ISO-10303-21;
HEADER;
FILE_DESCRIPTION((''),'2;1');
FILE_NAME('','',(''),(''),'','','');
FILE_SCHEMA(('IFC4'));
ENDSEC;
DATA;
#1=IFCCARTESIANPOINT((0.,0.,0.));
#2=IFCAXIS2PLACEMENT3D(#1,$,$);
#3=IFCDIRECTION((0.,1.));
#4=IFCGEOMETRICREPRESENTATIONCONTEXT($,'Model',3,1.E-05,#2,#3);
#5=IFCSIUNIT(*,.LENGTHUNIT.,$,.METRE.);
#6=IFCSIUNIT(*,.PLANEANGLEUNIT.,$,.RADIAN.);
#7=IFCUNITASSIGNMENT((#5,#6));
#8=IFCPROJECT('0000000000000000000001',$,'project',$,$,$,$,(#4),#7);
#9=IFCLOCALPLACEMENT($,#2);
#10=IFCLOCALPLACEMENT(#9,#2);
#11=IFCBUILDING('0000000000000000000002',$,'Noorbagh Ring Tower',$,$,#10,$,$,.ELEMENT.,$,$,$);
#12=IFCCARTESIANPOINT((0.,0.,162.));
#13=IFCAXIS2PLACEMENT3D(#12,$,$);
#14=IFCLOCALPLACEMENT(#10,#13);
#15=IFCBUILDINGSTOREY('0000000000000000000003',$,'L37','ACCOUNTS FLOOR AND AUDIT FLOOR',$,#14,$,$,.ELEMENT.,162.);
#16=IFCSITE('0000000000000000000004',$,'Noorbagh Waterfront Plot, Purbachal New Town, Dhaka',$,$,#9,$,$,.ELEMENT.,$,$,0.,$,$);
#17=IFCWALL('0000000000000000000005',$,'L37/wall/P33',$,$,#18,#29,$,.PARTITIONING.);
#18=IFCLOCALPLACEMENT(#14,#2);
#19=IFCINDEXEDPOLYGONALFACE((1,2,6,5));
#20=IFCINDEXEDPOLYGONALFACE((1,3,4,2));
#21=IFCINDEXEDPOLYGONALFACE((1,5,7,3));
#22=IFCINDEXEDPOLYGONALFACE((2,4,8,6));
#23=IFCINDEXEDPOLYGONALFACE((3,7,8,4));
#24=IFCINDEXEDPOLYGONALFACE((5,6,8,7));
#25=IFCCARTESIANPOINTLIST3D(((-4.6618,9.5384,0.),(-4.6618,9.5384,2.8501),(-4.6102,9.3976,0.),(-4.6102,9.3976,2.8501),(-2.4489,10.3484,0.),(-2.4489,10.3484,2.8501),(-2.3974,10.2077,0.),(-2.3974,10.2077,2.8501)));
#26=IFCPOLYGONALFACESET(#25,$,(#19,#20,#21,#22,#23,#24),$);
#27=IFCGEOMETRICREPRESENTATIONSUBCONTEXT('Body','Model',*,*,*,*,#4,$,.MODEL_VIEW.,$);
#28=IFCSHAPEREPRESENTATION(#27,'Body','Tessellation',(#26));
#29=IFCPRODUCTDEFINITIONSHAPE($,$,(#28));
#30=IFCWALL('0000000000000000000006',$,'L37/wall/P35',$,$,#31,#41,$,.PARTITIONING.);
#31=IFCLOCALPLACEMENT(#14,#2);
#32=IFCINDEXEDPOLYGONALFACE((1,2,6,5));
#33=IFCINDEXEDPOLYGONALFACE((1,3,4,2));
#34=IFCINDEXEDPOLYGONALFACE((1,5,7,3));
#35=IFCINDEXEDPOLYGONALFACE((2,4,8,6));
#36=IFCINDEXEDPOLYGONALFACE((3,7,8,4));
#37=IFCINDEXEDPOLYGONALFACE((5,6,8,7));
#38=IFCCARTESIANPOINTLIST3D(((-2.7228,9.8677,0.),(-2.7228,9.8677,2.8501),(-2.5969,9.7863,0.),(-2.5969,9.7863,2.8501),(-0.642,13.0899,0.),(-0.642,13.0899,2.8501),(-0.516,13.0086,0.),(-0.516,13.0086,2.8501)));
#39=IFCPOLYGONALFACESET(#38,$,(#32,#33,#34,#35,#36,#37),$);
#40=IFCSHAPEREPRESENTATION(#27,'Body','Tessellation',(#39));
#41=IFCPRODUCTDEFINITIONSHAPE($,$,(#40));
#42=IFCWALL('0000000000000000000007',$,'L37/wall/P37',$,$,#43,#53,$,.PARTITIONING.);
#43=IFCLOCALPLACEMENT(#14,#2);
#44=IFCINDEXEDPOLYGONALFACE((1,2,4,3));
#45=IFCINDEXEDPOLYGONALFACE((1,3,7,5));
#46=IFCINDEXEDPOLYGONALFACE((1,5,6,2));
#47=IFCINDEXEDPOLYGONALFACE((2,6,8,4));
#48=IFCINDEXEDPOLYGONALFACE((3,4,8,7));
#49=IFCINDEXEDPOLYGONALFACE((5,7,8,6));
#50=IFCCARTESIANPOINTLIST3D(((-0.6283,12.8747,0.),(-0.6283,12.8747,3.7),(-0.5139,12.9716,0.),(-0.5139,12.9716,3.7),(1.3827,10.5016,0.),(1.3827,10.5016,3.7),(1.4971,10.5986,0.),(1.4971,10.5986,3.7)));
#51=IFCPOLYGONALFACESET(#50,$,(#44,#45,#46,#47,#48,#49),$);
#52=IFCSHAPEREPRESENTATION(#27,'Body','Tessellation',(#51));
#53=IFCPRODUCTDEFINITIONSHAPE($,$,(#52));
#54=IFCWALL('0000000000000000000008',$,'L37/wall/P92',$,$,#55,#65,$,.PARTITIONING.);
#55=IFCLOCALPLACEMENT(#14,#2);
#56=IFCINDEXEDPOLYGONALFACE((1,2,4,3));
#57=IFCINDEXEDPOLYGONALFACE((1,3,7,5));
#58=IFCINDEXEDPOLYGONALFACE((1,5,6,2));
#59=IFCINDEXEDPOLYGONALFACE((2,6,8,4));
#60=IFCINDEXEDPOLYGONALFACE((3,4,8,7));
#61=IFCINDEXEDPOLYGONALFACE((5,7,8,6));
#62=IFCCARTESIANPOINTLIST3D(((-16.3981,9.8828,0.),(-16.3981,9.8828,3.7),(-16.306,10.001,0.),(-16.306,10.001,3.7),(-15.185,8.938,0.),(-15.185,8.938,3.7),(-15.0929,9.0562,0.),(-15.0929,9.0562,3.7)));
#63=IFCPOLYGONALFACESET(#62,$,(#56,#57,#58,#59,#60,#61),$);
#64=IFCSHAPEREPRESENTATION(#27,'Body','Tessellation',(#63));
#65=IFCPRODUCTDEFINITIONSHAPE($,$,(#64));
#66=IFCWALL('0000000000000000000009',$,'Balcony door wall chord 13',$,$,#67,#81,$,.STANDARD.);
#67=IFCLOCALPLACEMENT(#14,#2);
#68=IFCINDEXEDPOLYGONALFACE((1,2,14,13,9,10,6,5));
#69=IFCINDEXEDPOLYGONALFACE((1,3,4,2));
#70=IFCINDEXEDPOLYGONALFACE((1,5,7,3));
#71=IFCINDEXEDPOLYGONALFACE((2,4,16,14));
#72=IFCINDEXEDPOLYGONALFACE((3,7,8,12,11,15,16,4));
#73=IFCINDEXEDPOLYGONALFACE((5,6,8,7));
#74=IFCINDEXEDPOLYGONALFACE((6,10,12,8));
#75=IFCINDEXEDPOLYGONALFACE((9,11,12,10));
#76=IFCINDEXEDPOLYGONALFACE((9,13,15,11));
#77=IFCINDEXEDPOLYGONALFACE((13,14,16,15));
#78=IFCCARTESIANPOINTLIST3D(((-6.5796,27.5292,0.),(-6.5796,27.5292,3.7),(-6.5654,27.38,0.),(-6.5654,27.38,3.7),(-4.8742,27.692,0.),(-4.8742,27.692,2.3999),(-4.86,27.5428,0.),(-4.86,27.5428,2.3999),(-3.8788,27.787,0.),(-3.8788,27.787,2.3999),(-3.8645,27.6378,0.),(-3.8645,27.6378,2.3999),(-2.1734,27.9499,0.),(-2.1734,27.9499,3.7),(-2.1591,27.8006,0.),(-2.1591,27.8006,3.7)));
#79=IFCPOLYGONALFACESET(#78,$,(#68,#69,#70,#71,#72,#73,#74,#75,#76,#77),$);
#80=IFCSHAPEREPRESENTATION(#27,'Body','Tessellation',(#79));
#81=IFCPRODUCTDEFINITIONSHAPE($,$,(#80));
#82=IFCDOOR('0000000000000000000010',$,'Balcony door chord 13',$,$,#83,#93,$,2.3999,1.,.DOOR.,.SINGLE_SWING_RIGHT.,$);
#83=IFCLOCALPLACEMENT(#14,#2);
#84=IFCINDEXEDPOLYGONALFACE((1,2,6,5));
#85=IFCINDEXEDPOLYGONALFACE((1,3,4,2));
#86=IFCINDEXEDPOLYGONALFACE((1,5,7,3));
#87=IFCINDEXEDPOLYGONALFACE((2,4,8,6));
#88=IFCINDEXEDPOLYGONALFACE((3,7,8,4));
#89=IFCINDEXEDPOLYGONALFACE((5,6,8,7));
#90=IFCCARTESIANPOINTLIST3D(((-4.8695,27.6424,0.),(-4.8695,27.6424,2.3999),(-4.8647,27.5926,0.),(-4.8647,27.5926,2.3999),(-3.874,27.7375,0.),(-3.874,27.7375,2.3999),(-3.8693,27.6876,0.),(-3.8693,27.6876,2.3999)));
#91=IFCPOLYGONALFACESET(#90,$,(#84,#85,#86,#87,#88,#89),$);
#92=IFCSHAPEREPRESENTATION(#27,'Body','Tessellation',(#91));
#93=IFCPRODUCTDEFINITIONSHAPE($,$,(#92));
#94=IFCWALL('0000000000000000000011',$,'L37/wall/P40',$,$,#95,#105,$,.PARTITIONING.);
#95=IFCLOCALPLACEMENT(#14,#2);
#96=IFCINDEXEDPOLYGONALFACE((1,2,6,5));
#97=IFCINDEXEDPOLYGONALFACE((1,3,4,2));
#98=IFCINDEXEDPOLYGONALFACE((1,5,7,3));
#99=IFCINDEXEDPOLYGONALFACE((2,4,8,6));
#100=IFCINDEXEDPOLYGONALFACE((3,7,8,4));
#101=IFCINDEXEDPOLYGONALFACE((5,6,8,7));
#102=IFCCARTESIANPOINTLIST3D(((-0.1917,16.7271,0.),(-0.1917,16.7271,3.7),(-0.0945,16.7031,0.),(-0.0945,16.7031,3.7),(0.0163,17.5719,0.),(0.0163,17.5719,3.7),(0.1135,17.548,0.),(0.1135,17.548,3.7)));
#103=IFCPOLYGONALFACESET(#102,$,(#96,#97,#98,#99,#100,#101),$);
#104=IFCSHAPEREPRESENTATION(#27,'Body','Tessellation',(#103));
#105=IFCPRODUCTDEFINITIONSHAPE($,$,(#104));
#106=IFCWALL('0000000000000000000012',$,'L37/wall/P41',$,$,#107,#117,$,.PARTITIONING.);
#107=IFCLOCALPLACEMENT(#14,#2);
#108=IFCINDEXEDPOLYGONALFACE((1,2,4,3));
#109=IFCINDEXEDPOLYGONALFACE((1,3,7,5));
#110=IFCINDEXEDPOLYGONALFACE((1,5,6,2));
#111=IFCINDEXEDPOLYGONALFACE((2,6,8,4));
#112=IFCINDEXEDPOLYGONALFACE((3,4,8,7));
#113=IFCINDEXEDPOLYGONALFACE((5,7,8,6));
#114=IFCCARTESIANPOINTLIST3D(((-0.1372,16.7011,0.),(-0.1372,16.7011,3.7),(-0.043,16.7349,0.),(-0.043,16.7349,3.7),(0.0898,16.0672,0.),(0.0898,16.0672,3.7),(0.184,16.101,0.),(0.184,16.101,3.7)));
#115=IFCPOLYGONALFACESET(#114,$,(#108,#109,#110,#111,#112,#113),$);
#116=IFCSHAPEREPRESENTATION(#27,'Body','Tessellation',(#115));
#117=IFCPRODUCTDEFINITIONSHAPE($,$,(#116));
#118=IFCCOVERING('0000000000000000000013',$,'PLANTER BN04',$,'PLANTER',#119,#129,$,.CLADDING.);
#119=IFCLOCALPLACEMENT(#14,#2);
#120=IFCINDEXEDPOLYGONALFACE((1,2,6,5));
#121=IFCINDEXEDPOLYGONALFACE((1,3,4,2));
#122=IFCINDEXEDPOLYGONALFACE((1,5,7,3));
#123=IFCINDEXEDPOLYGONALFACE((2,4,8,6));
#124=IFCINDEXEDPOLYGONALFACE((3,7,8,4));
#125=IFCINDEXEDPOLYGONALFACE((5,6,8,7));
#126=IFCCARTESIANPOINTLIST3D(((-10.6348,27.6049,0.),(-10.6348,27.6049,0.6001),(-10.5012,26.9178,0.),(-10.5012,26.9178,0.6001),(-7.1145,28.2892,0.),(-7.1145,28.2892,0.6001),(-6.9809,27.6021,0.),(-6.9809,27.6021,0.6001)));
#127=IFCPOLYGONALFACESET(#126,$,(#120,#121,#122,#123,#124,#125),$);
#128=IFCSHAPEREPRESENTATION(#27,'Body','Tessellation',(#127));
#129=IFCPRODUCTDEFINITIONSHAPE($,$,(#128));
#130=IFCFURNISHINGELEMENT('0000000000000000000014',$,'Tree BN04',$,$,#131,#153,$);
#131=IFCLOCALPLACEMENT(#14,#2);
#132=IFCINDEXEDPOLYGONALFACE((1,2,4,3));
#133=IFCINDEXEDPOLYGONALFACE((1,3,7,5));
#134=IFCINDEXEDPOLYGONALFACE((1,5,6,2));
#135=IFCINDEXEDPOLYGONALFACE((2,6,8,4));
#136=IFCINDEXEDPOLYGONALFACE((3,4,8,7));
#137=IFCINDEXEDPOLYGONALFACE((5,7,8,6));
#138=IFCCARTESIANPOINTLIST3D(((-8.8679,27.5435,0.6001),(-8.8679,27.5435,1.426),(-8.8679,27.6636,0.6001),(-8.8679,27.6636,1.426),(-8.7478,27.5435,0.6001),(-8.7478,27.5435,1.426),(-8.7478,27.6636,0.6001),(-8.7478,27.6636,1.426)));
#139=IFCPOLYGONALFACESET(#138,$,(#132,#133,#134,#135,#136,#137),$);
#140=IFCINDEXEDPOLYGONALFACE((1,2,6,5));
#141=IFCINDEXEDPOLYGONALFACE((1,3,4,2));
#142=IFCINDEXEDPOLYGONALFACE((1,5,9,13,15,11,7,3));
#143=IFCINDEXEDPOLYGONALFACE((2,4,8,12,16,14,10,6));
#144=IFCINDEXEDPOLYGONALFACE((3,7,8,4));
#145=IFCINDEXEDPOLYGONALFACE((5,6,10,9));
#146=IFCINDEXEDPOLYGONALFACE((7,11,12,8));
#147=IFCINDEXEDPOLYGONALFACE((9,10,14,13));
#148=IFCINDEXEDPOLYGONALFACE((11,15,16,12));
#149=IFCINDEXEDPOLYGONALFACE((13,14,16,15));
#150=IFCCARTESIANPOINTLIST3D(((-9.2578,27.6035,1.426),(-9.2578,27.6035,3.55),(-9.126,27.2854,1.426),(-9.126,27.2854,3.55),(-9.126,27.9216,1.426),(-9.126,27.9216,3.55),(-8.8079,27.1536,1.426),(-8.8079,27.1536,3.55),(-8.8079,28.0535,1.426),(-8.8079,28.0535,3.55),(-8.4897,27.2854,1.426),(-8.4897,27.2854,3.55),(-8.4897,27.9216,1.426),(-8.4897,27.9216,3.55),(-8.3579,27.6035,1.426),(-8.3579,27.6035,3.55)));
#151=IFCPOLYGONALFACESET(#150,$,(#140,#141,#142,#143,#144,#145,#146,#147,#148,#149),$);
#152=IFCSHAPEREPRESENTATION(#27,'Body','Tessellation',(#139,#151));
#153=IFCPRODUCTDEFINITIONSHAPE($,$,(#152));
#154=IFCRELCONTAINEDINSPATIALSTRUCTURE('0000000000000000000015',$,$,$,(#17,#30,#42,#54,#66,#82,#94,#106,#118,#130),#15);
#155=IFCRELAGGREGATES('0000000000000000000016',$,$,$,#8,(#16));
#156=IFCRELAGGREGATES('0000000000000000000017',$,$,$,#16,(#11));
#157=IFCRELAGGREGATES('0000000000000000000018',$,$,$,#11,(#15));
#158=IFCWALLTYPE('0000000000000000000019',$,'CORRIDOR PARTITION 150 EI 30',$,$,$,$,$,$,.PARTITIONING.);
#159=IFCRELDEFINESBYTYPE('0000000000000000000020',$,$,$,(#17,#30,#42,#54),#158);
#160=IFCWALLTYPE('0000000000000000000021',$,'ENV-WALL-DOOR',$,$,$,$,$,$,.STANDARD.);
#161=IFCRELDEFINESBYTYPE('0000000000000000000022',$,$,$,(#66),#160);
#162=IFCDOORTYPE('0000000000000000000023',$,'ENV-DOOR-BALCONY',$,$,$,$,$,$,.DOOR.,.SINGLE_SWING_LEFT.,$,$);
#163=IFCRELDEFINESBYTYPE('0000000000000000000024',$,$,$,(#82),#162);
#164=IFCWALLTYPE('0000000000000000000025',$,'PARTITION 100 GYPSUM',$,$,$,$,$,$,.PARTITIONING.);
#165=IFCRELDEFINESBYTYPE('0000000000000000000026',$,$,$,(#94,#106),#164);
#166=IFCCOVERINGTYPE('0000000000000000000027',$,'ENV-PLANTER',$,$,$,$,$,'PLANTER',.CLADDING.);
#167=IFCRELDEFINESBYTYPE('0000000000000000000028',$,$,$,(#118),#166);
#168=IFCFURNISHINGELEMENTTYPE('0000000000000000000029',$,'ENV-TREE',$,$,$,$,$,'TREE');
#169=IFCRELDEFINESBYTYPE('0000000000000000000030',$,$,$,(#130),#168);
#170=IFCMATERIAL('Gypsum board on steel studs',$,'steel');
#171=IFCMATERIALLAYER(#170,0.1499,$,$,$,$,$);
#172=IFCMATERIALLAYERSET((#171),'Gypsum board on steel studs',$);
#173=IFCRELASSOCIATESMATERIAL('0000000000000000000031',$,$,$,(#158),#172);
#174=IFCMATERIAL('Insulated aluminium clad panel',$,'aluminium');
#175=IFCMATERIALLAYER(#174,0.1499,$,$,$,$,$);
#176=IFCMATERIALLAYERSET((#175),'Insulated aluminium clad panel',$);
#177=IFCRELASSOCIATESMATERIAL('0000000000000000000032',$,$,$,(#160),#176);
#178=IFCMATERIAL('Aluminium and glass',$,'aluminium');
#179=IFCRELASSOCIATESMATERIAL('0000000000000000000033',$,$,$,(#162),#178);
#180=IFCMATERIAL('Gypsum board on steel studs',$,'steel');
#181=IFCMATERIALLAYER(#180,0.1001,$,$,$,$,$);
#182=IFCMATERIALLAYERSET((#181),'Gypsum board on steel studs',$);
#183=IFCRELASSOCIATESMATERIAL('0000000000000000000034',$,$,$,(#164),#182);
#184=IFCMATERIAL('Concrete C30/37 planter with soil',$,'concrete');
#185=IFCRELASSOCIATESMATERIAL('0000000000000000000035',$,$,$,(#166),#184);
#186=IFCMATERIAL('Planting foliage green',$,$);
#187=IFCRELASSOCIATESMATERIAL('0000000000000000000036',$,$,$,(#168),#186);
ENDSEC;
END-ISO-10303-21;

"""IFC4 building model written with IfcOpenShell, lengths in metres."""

from ifc_helpers import new_model, si_unit, direction, frame, frame_2d, origin, origin_2d, place, context, subcontext, project, spatial, polyline, rectangle, outline, extrude, material, layer, layer_set, type_object, element, fill, save


model = new_model("IFC4")

# Units and contexts
model_context = context("Model", 3, precision=1e-05, world=origin(), true_north=direction((0.0, 1.0)))
body_context = subcontext(model_context, "Body", "Model", "MODEL_VIEW")
ifc_project = project(units=[si_unit("LENGTHUNIT", "METRE"), si_unit("PLANEANGLEUNIT", "RADIAN")], contexts=[model_context])

# Site, building, storey
site_placement = place(None, origin())
site = spatial("IfcSite", under=ifc_project, at=site_placement, Name="Noorbagh Waterfront Plot, Purbachal New Town, Dhaka", CompositionType="ELEMENT", RefElevation=0.0)
building_placement = place(site_placement, origin())
building = spatial("IfcBuilding", under=site, at=building_placement, Name="Noorbagh Ring Tower", CompositionType="ELEMENT")
storey_placement = place(building_placement, frame((0.0, 0.0, 162.0)))
storey = spatial("IfcBuildingStorey", under=building, at=storey_placement, Name="L37", Description="ACCOUNTS FLOOR AND AUDIT FLOOR", CompositionType="ELEMENT", Elevation=162.0)

# Walls
ifc_material_1 = material(Name="Gypsum board on steel studs", Category="steel")
ifc_layer_1 = layer(ifc_material_1, 0.1499)
ifc_layer_set_1 = layer_set([ifc_layer_1], Name="Gypsum board on steel studs")
wall_type_1 = type_object("IfcWallType", Name="CORRIDOR PARTITION 150 EI 30", PredefinedType="PARTITIONING", material=ifc_layer_set_1)
wall_1_placement = place(storey_placement, frame((-4.636, 9.468, 0.0), z_axis=(0.0, 0.0, 1.0), x_axis=(0.939059, 0.343755, 0.0)))
element("IfcWall", 1, at=wall_1_placement, inside=storey, type_object=wall_type_1, Name="L37/wall/P33", PredefinedType="PARTITIONING", context=body_context, shape_type="SweptSolid", body=[
    extrude(rectangle(XDim=2.3564, YDim=0.1499, at=frame_2d((1.1782, 0.0))), origin(), (0.0, 0.0, 1.0), 2.8501),
])
wall_2_placement = place(storey_placement, frame((-2.6599, 9.8269, 0.0), z_axis=(0.0, 0.0, 1.0), x_axis=(0.542494, 0.84006, 0.0)))
element("IfcWall", 2, at=wall_2_placement, inside=storey, type_object=wall_type_1, Name="L37/wall/P35", PredefinedType="PARTITIONING", context=body_context, shape_type="SweptSolid", body=[
    extrude(rectangle(XDim=3.8357, YDim=0.1499, at=frame_2d((1.918, 0.0))), origin(), (0.0, 0.0, 1.0), 2.8501),
])
wall_3_placement = place(storey_placement, frame((-0.571, 12.9231, 0.0), z_axis=(0.0, 0.0, 1.0), x_axis=(0.646509, -0.762907, 0.0)))
element("IfcWall", 3, at=wall_3_placement, inside=storey, type_object=wall_type_1, Name="L37/wall/P37", PredefinedType="PARTITIONING", context=body_context, shape_type="SweptSolid", body=[
    extrude(rectangle(XDim=3.1106, YDim=0.1499, at=frame_2d((1.5552, 0.0))), origin(), (0.0, 0.0, 1.0), 3.7),
])
wall_4_placement = place(storey_placement, frame((-16.3521, 9.9419, 0.0), z_axis=(0.0, 0.0, 1.0), x_axis=(0.78895, -0.614457, 0.0)))
element("IfcWall", 4, at=wall_4_placement, inside=storey, type_object=wall_type_1, Name="L37/wall/P92", PredefinedType="PARTITIONING", context=body_context, shape_type="SweptSolid", body=[
    extrude(rectangle(XDim=1.5376, YDim=0.1499, at=frame_2d((0.7688, 0.0))), origin(), (0.0, 0.0, 1.0), 3.7),
])

# Wall, opening, door
ifc_material_2 = material(Name="Insulated aluminium clad panel", Category="aluminium")
ifc_layer_2 = layer(ifc_material_2, 0.1499)
ifc_layer_set_2 = layer_set([ifc_layer_2], Name="Insulated aluminium clad panel")
wall_type_2 = type_object("IfcWallType", Name="ENV-WALL-DOOR", PredefinedType="STANDARD", material=ifc_layer_set_2)
wall_5_placement = place(storey_placement, frame((-2.1663, 27.8752, 0.0), z_axis=(0.0, 0.0, 1.0), x_axis=(-0.995474, -0.095036, 0.0)))
wall_5 = element("IfcWall", 5, at=wall_5_placement, inside=storey, type_object=wall_type_2, Name="Balcony door wall chord 13", PredefinedType="STANDARD", context=body_context, shape_type="SweptSolid", body=[
    extrude(rectangle(XDim=4.4263, YDim=0.1499, at=frame_2d((2.2131, 0.0))), origin(), (0.0, 0.0, 1.0), 3.7),
])
opening_placement = place(wall_5_placement, frame((1.7131, 0.0, 0.0)))
opening = element("IfcOpeningElement", 6, at=opening_placement, cuts=wall_5, PredefinedType="OPENING", context=body_context, shape_type="SweptSolid", body=[
    extrude(rectangle(XDim=1.0, YDim=2.3999, at=frame_2d((0.5, 1.2))), frame((0.0, 0.085, 0.0), z_axis=(0.0, -1.0, 0.0), x_axis=(1.0, 0.0, 0.0)), (0.0, 0.0, 1.0), 0.1699),
])
ifc_material_3 = material(Name="Aluminium and glass", Category="aluminium")
door_type = type_object("IfcDoorType", Name="ENV-DOOR-BALCONY", OperationType="SINGLE_SWING_LEFT", PredefinedType="DOOR", material=ifc_material_3)
door_placement = place(opening_placement, origin())
door = element("IfcDoor", 7, at=door_placement, inside=storey, type_object=door_type, Name="Balcony door chord 13", OperationType="SINGLE_SWING_RIGHT", OverallHeight=2.3999, OverallWidth=1.0, PredefinedType="DOOR", context=body_context, shape_type="SweptSolid", body=[
    extrude(rectangle(XDim=1.0, YDim=2.3999, at=frame_2d((0.5, 1.2))), frame((0.0, 0.0249, 0.0), z_axis=(0.0, -1.0, 0.0), x_axis=(1.0, 0.0, 0.0)), (0.0, 0.0, 1.0), 0.05),
])
fill(opening, door)

# Walls
ifc_material_4 = material(Name="Gypsum board on steel studs", Category="steel")
ifc_layer_3 = layer(ifc_material_4, 0.1001)
ifc_layer_set_3 = layer_set([ifc_layer_3], Name="Gypsum board on steel studs")
wall_type_3 = type_object("IfcWallType", Name="PARTITION 100 GYPSUM", PredefinedType="PARTITIONING", material=ifc_layer_set_3)
wall_6_placement = place(storey_placement, frame((-0.1431, 16.7151, 0.0), z_axis=(0.0, 0.0, 1.0), x_axis=(0.239035, 0.971011, 0.0)))
element("IfcWall", 8, at=wall_6_placement, inside=storey, type_object=wall_type_3, Name="L37/wall/P40", PredefinedType="PARTITIONING", context=body_context, shape_type="SweptSolid", body=[
    extrude(rectangle(XDim=0.8701, YDim=0.1001, at=frame_2d((0.4351, 0.0))), origin(), (0.0, 0.0, 1.0), 3.7),
])
wall_7_placement = place(storey_placement, frame((-0.0901, 16.718, 0.0), z_axis=(0.0, 0.0, 1.0), x_axis=(0.33714, -0.941455, 0.0)))
element("IfcWall", 9, at=wall_7_placement, inside=storey, type_object=wall_type_3, Name="L37/wall/P41", PredefinedType="PARTITIONING", context=body_context, shape_type="SweptSolid", body=[
    extrude(rectangle(XDim=0.6733, YDim=0.1001, at=frame_2d((0.3367, 0.0))), origin(), (0.0, 0.0, 1.0), 3.7),
])

# Covering
ifc_material_5 = material(Name="Concrete C30/37 planter with soil", Category="concrete")
covering_type = type_object("IfcCoveringType", Name="ENV-PLANTER", ElementType="PLANTER", PredefinedType="CLADDING", material=ifc_material_5)
covering_placement = place(storey_placement, frame((-8.8079, 27.6035, 0.0), z_axis=(0.0, 0.0, 1.0), x_axis=(-0.981625, -0.19082, 0.0)))
element("IfcCovering", 10, at=covering_placement, inside=storey, type_object=covering_type, Name="PLANTER BN04", ObjectType="PLANTER", PredefinedType="CLADDING", context=body_context, shape_type="SweptSolid", body=[
    extrude(rectangle(XDim=3.5862, YDim=0.7, at=origin_2d()), origin(), (0.0, 0.0, 1.0), 0.6001),
])

# Furnishing element
ifc_material_6 = material(Name="Planting foliage green")
furnishing_element_type = type_object("IfcFurnishingElementType", Name="ENV-TREE", ElementType="TREE", material=ifc_material_6)
furnishing_placement = place(storey_placement, frame((-8.8079, 27.6035, 0.6001), z_axis=(0.0, 0.0, 1.0), x_axis=(1.0, 0.0, 0.0)))
element("IfcFurnishingElement", 11, at=furnishing_placement, inside=storey, type_object=furnishing_element_type, Name="Tree BN04", context=body_context, shape_type="SweptSolid", body=[
    extrude(rectangle(XDim=0.1201, YDim=0.1201, at=origin_2d()), origin(), (0.0, 0.0, 1.0), 0.8259),
    extrude(outline(polyline([(0.45, 0.0), (0.3181, 0.3181), (0.0, 0.45), (-0.3181, 0.3181), (-0.45, 0.0), (-0.3181, -0.3181), (0.0, -0.45), (0.3181, -0.3181), (0.45, 0.0)])), frame((0.0, 0.0, 0.8259)), (0.0, 0.0, 1.0), 2.124),
])

save(model, "model.ifc")
